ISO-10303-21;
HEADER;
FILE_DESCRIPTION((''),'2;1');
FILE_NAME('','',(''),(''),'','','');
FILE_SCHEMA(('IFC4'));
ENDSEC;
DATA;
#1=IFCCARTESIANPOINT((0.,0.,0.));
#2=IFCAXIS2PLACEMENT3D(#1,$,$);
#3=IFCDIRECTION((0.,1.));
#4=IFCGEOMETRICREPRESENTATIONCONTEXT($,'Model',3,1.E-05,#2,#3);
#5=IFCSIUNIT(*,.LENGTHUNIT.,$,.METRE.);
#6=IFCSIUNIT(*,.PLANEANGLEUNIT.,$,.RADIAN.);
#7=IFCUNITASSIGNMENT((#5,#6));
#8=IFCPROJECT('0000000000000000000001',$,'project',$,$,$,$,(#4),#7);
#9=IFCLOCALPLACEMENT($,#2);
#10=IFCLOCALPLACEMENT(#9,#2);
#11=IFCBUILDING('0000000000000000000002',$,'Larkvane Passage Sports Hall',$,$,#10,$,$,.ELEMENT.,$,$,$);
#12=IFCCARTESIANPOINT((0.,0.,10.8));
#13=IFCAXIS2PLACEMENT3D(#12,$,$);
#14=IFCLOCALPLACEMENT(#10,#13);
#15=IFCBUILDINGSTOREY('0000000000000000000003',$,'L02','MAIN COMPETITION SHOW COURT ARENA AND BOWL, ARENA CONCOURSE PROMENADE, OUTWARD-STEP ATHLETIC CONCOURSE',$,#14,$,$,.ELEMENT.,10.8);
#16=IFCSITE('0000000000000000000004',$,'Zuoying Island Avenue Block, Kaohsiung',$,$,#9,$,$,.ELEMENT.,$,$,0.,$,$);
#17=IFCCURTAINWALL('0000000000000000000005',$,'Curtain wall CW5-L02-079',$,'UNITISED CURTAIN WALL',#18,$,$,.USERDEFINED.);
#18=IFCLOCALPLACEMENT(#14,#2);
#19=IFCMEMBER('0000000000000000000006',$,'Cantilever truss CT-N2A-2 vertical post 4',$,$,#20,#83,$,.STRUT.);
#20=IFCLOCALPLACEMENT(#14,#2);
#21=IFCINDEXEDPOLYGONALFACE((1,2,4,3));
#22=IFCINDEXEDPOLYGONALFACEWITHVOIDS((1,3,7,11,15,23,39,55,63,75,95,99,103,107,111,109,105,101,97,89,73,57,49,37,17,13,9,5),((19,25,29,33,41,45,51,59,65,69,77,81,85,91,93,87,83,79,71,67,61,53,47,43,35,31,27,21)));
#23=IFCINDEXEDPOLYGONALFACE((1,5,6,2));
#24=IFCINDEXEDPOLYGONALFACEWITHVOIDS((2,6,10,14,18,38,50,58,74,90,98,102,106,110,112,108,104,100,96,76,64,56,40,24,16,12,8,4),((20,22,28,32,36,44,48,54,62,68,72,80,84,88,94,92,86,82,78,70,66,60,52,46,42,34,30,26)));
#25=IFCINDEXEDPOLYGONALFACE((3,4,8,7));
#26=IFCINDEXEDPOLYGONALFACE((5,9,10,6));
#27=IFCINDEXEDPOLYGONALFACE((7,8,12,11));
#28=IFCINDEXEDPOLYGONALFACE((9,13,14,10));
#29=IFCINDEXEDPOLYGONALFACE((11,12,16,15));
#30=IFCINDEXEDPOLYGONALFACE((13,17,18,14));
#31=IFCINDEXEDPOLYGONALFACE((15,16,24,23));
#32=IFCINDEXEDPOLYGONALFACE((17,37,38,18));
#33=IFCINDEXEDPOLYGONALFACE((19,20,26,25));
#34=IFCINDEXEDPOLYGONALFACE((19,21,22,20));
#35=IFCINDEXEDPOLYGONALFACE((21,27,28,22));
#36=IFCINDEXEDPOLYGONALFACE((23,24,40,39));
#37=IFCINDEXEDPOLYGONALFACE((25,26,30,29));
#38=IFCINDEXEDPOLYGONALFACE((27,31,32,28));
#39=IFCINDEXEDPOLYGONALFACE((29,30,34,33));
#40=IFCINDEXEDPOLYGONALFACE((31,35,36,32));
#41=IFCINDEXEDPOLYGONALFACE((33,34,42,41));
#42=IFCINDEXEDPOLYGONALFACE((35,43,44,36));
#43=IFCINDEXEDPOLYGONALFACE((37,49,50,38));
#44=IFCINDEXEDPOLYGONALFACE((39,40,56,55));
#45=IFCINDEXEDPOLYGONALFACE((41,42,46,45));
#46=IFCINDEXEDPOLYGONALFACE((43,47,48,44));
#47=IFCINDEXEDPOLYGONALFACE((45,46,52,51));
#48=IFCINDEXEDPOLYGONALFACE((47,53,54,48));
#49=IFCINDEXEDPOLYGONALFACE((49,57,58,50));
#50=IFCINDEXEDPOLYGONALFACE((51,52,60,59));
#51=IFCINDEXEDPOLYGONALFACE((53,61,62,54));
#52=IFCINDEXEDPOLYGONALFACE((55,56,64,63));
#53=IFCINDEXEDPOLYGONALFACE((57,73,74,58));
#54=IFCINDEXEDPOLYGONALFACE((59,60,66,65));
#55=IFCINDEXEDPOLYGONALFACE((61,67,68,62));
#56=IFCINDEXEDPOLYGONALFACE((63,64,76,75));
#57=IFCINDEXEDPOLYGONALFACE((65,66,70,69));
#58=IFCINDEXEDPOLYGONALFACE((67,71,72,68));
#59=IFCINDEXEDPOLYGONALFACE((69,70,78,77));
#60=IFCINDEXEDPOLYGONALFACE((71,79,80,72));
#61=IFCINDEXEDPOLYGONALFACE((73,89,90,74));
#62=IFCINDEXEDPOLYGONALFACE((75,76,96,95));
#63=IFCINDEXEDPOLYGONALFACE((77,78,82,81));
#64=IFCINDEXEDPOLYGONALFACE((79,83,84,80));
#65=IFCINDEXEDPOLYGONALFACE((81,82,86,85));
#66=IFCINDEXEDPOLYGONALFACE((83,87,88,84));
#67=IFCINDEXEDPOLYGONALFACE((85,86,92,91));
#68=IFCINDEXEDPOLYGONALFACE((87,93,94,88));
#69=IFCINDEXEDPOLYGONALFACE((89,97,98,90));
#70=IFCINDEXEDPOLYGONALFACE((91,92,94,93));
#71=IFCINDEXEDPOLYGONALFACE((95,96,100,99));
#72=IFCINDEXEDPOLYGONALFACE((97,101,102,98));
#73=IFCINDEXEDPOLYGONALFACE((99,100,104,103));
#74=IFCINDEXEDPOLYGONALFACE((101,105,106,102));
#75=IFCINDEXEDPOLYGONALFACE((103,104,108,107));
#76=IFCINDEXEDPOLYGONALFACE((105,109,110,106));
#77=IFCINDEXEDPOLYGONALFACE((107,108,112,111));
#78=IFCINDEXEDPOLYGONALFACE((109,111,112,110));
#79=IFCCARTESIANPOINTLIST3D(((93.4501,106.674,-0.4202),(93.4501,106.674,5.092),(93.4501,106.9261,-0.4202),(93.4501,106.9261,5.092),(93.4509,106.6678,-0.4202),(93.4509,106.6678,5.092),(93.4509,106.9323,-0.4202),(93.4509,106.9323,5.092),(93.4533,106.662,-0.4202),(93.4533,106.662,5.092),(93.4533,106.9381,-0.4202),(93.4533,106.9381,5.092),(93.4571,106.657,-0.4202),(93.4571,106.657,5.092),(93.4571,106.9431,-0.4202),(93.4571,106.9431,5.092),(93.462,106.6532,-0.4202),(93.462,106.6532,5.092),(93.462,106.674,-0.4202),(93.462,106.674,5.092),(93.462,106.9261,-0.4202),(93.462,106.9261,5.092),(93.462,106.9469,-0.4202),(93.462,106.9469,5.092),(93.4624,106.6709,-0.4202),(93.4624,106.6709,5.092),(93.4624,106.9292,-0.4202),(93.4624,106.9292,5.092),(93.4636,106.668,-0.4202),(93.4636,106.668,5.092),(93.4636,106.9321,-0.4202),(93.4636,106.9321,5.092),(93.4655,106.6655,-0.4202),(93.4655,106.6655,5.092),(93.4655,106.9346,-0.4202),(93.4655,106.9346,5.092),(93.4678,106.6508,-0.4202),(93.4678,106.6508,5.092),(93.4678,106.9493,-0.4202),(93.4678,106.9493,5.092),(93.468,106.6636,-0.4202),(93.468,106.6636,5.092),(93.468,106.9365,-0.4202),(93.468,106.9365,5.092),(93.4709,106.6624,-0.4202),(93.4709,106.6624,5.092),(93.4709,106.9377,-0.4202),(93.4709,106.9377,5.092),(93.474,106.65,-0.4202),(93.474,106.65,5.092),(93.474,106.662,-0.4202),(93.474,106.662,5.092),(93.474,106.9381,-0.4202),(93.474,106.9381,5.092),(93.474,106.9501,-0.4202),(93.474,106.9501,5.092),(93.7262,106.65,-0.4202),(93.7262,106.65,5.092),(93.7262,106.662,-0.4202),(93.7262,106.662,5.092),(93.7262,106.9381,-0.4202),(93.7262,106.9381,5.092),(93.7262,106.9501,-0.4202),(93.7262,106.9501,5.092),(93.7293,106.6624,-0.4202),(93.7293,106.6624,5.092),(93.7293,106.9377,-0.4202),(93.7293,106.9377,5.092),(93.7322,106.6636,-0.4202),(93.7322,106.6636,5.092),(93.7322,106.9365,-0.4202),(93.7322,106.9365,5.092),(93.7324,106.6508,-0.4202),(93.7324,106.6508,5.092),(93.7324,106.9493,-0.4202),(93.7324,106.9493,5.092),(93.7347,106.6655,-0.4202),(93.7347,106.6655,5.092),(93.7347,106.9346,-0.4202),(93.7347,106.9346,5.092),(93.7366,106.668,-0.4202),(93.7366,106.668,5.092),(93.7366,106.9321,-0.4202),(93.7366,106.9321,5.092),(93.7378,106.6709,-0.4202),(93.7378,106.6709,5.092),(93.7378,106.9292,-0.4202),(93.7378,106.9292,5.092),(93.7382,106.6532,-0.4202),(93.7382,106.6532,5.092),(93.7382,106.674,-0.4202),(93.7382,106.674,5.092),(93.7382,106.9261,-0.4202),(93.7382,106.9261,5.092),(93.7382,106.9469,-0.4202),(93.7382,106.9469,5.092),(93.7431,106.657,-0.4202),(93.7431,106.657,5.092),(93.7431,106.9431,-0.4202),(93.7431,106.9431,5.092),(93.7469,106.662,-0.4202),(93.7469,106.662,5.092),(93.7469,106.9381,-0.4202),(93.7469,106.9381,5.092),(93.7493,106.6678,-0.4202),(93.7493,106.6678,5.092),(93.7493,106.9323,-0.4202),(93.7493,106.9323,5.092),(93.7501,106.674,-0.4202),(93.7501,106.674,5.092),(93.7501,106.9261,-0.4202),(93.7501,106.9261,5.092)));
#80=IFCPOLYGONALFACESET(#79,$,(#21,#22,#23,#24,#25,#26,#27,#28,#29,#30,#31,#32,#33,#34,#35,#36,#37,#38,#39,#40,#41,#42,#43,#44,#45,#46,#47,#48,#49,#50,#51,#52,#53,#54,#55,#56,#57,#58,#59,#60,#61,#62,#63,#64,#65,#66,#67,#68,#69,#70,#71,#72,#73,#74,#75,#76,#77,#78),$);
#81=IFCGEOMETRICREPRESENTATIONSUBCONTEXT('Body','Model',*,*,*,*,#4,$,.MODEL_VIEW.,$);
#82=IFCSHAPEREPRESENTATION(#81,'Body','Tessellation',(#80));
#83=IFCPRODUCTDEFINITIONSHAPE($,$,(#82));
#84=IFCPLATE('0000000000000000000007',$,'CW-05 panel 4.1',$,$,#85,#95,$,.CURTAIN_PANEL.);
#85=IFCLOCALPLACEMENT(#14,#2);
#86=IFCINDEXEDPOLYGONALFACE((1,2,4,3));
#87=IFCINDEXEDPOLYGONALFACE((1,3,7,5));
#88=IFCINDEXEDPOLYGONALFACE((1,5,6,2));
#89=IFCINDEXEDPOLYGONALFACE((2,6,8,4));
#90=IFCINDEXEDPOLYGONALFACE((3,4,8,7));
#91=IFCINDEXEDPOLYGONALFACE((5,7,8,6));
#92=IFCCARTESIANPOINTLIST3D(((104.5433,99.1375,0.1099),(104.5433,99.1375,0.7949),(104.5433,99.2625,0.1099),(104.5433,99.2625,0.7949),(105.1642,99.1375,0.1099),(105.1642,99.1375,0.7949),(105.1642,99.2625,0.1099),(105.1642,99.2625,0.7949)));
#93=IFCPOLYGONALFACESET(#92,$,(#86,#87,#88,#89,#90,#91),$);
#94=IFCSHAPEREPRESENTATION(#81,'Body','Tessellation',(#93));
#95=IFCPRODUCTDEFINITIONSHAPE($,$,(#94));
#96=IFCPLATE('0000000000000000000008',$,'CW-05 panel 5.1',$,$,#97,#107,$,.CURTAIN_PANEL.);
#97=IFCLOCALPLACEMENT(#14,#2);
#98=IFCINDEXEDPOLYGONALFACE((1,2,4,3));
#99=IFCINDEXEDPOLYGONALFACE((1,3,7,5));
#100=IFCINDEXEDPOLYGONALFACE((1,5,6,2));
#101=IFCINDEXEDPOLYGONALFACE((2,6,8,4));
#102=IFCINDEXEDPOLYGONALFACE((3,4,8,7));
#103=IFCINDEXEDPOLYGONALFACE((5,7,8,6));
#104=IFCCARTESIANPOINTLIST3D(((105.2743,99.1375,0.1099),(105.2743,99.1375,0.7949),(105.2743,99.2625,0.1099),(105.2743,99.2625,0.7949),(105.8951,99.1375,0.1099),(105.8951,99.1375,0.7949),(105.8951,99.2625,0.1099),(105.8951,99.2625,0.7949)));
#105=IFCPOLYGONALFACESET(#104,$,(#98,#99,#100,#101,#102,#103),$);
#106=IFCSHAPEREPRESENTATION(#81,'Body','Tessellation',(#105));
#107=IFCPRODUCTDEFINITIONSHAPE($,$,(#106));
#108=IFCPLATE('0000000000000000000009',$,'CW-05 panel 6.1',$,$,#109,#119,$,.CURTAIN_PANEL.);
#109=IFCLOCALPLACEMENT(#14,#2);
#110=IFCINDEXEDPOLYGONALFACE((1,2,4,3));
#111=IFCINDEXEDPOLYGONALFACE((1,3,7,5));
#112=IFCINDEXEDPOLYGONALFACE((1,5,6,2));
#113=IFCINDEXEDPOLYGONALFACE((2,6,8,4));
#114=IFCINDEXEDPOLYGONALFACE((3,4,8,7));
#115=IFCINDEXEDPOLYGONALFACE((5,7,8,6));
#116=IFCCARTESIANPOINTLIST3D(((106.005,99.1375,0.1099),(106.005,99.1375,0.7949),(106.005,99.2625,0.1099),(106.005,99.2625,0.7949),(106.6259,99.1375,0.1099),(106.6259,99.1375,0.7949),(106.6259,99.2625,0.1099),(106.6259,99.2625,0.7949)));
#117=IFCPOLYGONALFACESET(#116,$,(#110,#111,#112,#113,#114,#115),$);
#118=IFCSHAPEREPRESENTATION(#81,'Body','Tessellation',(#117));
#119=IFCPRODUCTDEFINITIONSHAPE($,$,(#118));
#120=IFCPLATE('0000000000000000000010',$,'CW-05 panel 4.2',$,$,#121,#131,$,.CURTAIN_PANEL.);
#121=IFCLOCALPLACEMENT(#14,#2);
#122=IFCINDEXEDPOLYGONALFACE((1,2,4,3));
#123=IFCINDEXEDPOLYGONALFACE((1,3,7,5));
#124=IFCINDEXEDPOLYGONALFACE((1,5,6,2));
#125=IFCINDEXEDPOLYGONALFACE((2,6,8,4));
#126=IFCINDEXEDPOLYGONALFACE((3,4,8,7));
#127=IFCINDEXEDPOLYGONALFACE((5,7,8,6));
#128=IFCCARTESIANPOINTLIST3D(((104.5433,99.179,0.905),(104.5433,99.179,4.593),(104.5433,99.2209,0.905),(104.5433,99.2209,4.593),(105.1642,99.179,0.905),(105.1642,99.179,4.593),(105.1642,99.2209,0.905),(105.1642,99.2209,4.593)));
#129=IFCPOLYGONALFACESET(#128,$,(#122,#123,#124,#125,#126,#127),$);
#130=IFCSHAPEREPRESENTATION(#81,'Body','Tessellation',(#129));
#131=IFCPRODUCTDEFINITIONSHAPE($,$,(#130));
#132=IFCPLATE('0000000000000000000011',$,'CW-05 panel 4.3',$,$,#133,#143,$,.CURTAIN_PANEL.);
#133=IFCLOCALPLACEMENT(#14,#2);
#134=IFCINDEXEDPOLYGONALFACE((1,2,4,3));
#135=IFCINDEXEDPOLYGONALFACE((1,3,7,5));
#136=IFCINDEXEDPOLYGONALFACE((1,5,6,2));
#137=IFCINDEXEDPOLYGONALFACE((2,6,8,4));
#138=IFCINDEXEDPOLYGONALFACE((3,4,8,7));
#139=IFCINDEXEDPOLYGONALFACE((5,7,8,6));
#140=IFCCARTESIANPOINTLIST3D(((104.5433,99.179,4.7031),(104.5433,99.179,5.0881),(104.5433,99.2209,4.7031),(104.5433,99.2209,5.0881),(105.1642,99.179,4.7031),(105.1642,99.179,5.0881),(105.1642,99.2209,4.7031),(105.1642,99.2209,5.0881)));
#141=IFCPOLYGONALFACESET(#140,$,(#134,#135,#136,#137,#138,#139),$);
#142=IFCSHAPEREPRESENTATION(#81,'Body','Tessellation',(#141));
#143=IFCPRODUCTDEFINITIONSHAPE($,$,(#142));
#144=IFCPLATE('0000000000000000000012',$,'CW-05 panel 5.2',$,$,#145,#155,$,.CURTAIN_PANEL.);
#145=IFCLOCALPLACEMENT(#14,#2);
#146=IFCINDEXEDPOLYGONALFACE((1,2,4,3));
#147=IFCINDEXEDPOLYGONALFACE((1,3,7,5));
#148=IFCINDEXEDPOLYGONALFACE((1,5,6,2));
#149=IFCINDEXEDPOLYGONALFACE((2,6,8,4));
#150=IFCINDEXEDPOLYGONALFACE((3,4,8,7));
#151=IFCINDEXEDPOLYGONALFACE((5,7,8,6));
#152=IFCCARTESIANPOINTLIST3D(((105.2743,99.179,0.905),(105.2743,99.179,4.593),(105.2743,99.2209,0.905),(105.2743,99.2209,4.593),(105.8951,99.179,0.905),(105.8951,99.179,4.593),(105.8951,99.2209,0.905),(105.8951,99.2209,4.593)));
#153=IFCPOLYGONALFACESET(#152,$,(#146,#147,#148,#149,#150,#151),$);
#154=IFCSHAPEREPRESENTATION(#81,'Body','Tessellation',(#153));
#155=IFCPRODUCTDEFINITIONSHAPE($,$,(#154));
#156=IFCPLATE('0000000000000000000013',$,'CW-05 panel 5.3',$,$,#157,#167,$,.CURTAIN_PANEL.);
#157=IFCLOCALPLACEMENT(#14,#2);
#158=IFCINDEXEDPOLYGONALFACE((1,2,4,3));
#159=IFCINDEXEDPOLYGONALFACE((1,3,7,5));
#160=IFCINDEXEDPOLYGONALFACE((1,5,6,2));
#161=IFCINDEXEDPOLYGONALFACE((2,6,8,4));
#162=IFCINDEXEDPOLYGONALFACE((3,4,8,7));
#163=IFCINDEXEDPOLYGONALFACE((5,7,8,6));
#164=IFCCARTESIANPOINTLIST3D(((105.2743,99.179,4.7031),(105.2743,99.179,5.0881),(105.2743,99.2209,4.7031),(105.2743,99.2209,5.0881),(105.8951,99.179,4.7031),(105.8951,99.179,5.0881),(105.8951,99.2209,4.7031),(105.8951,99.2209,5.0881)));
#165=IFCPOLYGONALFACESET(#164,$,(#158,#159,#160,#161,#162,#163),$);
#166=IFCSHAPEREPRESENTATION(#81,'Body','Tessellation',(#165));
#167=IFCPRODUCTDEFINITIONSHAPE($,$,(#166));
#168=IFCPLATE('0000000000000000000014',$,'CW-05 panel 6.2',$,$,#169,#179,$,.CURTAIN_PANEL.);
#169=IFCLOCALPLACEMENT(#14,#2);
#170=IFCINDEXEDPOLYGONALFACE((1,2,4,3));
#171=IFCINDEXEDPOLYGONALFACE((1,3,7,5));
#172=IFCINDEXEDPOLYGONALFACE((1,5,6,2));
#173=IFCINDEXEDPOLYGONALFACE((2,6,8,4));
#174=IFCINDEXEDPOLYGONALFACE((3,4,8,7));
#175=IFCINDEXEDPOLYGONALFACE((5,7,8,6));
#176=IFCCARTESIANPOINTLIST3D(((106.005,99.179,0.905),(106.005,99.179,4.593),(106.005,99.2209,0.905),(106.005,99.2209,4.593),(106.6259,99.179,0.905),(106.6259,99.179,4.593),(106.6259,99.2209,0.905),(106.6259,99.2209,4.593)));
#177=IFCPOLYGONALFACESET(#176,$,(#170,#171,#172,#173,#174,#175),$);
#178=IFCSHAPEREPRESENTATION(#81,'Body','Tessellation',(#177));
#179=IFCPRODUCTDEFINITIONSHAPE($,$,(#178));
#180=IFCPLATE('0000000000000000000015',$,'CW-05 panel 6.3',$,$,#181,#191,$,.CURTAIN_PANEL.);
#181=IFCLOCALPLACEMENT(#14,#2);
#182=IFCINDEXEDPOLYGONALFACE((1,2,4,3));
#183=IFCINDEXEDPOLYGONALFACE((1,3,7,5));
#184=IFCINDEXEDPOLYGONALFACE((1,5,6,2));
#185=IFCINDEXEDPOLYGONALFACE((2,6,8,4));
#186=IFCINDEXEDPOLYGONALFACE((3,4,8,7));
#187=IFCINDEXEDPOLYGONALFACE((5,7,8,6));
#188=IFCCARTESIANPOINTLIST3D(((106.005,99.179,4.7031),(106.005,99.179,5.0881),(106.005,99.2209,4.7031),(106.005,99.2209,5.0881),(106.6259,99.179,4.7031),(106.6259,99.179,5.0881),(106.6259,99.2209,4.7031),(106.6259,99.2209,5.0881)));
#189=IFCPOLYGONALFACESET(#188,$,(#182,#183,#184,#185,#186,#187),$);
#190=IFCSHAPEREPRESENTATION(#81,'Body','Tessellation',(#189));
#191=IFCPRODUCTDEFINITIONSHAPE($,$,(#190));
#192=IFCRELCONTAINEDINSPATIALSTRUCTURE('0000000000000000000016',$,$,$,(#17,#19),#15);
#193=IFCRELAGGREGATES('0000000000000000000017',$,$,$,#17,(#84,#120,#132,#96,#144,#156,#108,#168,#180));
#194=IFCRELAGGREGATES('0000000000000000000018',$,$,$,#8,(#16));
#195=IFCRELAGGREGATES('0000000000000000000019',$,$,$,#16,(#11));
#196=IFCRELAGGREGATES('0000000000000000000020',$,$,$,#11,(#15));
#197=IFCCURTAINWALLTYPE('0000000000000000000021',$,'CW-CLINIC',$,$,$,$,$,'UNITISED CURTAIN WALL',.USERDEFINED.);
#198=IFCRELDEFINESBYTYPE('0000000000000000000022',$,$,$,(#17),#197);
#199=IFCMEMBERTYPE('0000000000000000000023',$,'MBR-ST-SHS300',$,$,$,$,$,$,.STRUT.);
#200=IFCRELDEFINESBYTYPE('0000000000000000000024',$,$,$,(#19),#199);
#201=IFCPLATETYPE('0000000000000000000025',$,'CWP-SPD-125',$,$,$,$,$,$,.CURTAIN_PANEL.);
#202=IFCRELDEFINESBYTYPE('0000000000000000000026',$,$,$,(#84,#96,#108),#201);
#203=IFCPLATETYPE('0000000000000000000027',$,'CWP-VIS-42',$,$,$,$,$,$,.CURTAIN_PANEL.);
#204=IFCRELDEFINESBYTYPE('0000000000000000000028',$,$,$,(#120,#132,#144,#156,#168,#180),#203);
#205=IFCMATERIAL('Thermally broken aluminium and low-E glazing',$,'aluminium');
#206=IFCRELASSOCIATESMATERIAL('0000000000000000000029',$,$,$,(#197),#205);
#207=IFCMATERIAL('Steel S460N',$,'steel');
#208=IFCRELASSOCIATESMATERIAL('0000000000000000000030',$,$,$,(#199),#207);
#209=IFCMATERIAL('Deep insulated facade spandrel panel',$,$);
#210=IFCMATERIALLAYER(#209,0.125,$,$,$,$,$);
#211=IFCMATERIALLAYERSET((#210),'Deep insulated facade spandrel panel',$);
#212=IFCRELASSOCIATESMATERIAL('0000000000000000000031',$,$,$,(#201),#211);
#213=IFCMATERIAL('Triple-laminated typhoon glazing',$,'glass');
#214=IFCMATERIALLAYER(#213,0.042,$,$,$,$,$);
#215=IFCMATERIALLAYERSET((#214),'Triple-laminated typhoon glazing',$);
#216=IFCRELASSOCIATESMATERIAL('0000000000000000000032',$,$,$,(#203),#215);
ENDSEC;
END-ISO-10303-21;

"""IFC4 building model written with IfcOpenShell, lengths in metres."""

from ifc_helpers import new_model, si_unit, direction, frame, origin, origin_2d, place, context, subcontext, project, spatial, rectangle, hollow_rectangle, extrude, material, layer, layer_set, material_profile, profile_set, type_object, element, aggregate, save


model = new_model("IFC4")

# Units and contexts
model_context = context("Model", 3, precision=1e-05, world=origin(), true_north=direction((0.0, 1.0)))
body_context = subcontext(model_context, "Body", "Model", "MODEL_VIEW")
ifc_project = project(units=[si_unit("LENGTHUNIT", "METRE"), si_unit("PLANEANGLEUNIT", "RADIAN")], contexts=[model_context])

# Site, building, storey
site_placement = place(None, origin())
site = spatial("IfcSite", under=ifc_project, at=site_placement, Name="Zuoying Island Avenue Block, Kaohsiung", CompositionType="ELEMENT", RefElevation=0.0)
building_placement = place(site_placement, origin())
building = spatial("IfcBuilding", under=site, at=building_placement, Name="Larkvane Passage Sports Hall", CompositionType="ELEMENT")
storey_placement = place(building_placement, frame((0.0, 0.0, 10.8)))
storey = spatial("IfcBuildingStorey", under=building, at=storey_placement, Name="L02", Description="MAIN COMPETITION SHOW COURT ARENA AND BOWL, ARENA CONCOURSE PROMENADE, OUTWARD-STEP ATHLETIC CONCOURSE", CompositionType="ELEMENT", Elevation=10.8)

# Curtain wall
ifc_material_1 = material(Name="Thermally broken aluminium and low-E glazing", Category="aluminium")
curtain_wall_type = type_object("IfcCurtainWallType", Name="CW-CLINIC", ElementType="UNITISED CURTAIN WALL", PredefinedType="USERDEFINED", material=ifc_material_1)
curtain_wall_placement = place(storey_placement, origin())
curtain_wall = element("IfcCurtainWall", 1, at=curtain_wall_placement, inside=storey, type_object=curtain_wall_type, Name="Curtain wall CW5-L02-079", ObjectType="UNITISED CURTAIN WALL", PredefinedType="USERDEFINED")

# Member
ifc_material_2 = material(Name="Steel S460N", Category="steel")
ifc_material_profile_1 = material_profile(ifc_material_2, hollow_rectangle(XDim=0.3, YDim=0.3, WallThickness=0.012, InnerFilletRadius=0.012, OuterFilletRadius=0.0239, at=origin_2d()), Name="SHS-300x300x12")
ifc_profile_set_1 = profile_set([ifc_material_profile_1], Name="Steel S460N")
member_type_1 = type_object("IfcMemberType", Name="MBR-ST-SHS300", PredefinedType="STRUT", material=ifc_profile_set_1)
member_1_placement = place(storey_placement, frame((93.6001, 106.8, -0.4202), z_axis=(0.0, 0.0, 1.0), x_axis=(1.0, 0.0, 0.0)))
element("IfcMember", 2, at=member_1_placement, inside=storey, type_object=member_type_1, Name="Cantilever truss CT-N2A-2 vertical post 4", PredefinedType="STRUT", context=body_context, shape_type="SweptSolid", body=[
    extrude(hollow_rectangle(XDim=0.3, YDim=0.3, WallThickness=0.012, InnerFilletRadius=0.012, OuterFilletRadius=0.0239, at=origin_2d()), origin(), (0.0, 0.0, 1.0), 5.5122),
])

# Plates
ifc_material_3 = material(Name="Deep insulated facade spandrel panel")
ifc_layer_1 = layer(ifc_material_3, 0.125)
ifc_layer_set_1 = layer_set([ifc_layer_1], Name="Deep insulated facade spandrel panel")
plate_type_1 = type_object("IfcPlateType", Name="CWP-SPD-125", PredefinedType="CURTAIN_PANEL", material=ifc_layer_set_1)
plate_1_placement = place(storey_placement, frame((104.8538, 99.2, 0.1099), z_axis=(0.0, 0.0, 1.0), x_axis=(1.0, 0.0, 0.0)))
plate_1 = element("IfcPlate", 3, at=plate_1_placement, type_object=plate_type_1, Name="CW-05 panel 4.1", PredefinedType="CURTAIN_PANEL", context=body_context, shape_type="SweptSolid", body=[
    extrude(rectangle(XDim=0.6208, YDim=0.125, at=origin_2d()), origin(), (0.0, 0.0, 1.0), 0.6851),
])
plate_2_placement = place(storey_placement, frame((105.5847, 99.2, 0.1099), z_axis=(0.0, 0.0, 1.0), x_axis=(1.0, 0.0, 0.0)))
plate_2 = element("IfcPlate", 4, at=plate_2_placement, type_object=plate_type_1, Name="CW-05 panel 5.1", PredefinedType="CURTAIN_PANEL", context=body_context, shape_type="SweptSolid", body=[
    extrude(rectangle(XDim=0.6208, YDim=0.125, at=origin_2d()), origin(), (0.0, 0.0, 1.0), 0.6851),
])
plate_3_placement = place(storey_placement, frame((106.3154, 99.2, 0.1099), z_axis=(0.0, 0.0, 1.0), x_axis=(1.0, 0.0, 0.0)))
plate_3 = element("IfcPlate", 5, at=plate_3_placement, type_object=plate_type_1, Name="CW-05 panel 6.1", PredefinedType="CURTAIN_PANEL", context=body_context, shape_type="SweptSolid", body=[
    extrude(rectangle(XDim=0.6208, YDim=0.125, at=origin_2d()), origin(), (0.0, 0.0, 1.0), 0.6851),
])
ifc_material_4 = material(Name="Triple-laminated typhoon glazing", Category="glass")
ifc_layer_2 = layer(ifc_material_4, 0.042)
ifc_layer_set_2 = layer_set([ifc_layer_2], Name="Triple-laminated typhoon glazing")
plate_type_2 = type_object("IfcPlateType", Name="CWP-VIS-42", PredefinedType="CURTAIN_PANEL", material=ifc_layer_set_2)
plate_4_placement = place(storey_placement, frame((104.8538, 99.2, 0.905), z_axis=(0.0, 0.0, 1.0), x_axis=(1.0, 0.0, 0.0)))
plate_4 = element("IfcPlate", 6, at=plate_4_placement, type_object=plate_type_2, Name="CW-05 panel 4.2", PredefinedType="CURTAIN_PANEL", context=body_context, shape_type="SweptSolid", body=[
    extrude(rectangle(XDim=0.6208, YDim=0.042, at=origin_2d()), origin(), (0.0, 0.0, 1.0), 3.688),
])
plate_5_placement = place(storey_placement, frame((104.8538, 99.2, 4.7031), z_axis=(0.0, 0.0, 1.0), x_axis=(1.0, 0.0, 0.0)))
plate_5 = element("IfcPlate", 7, at=plate_5_placement, type_object=plate_type_2, Name="CW-05 panel 4.3", PredefinedType="CURTAIN_PANEL", context=body_context, shape_type="SweptSolid", body=[
    extrude(rectangle(XDim=0.6208, YDim=0.042, at=origin_2d()), origin(), (0.0, 0.0, 1.0), 0.385),
])
plate_6_placement = place(storey_placement, frame((105.5847, 99.2, 0.905), z_axis=(0.0, 0.0, 1.0), x_axis=(1.0, 0.0, 0.0)))
plate_6 = element("IfcPlate", 8, at=plate_6_placement, type_object=plate_type_2, Name="CW-05 panel 5.2", PredefinedType="CURTAIN_PANEL", context=body_context, shape_type="SweptSolid", body=[
    extrude(rectangle(XDim=0.6208, YDim=0.042, at=origin_2d()), origin(), (0.0, 0.0, 1.0), 3.688),
])
plate_7_placement = place(storey_placement, frame((105.5847, 99.2, 4.7031), z_axis=(0.0, 0.0, 1.0), x_axis=(1.0, 0.0, 0.0)))
plate_7 = element("IfcPlate", 9, at=plate_7_placement, type_object=plate_type_2, Name="CW-05 panel 5.3", PredefinedType="CURTAIN_PANEL", context=body_context, shape_type="SweptSolid", body=[
    extrude(rectangle(XDim=0.6208, YDim=0.042, at=origin_2d()), origin(), (0.0, 0.0, 1.0), 0.385),
])
plate_8_placement = place(storey_placement, frame((106.3154, 99.2, 0.905), z_axis=(0.0, 0.0, 1.0), x_axis=(1.0, 0.0, 0.0)))
plate_8 = element("IfcPlate", 10, at=plate_8_placement, type_object=plate_type_2, Name="CW-05 panel 6.2", PredefinedType="CURTAIN_PANEL", context=body_context, shape_type="SweptSolid", body=[
    extrude(rectangle(XDim=0.6208, YDim=0.042, at=origin_2d()), origin(), (0.0, 0.0, 1.0), 3.688),
])
plate_9_placement = place(storey_placement, frame((106.3154, 99.2, 4.7031), z_axis=(0.0, 0.0, 1.0), x_axis=(1.0, 0.0, 0.0)))
plate_9 = element("IfcPlate", 11, at=plate_9_placement, type_object=plate_type_2, Name="CW-05 panel 6.3", PredefinedType="CURTAIN_PANEL", context=body_context, shape_type="SweptSolid", body=[
    extrude(rectangle(XDim=0.6208, YDim=0.042, at=origin_2d()), origin(), (0.0, 0.0, 1.0), 0.385),
])
aggregate(curtain_wall, [plate_1, plate_4, plate_5, plate_2, plate_6, plate_7, plate_3, plate_8, plate_9])

save(model, "model.ifc")
